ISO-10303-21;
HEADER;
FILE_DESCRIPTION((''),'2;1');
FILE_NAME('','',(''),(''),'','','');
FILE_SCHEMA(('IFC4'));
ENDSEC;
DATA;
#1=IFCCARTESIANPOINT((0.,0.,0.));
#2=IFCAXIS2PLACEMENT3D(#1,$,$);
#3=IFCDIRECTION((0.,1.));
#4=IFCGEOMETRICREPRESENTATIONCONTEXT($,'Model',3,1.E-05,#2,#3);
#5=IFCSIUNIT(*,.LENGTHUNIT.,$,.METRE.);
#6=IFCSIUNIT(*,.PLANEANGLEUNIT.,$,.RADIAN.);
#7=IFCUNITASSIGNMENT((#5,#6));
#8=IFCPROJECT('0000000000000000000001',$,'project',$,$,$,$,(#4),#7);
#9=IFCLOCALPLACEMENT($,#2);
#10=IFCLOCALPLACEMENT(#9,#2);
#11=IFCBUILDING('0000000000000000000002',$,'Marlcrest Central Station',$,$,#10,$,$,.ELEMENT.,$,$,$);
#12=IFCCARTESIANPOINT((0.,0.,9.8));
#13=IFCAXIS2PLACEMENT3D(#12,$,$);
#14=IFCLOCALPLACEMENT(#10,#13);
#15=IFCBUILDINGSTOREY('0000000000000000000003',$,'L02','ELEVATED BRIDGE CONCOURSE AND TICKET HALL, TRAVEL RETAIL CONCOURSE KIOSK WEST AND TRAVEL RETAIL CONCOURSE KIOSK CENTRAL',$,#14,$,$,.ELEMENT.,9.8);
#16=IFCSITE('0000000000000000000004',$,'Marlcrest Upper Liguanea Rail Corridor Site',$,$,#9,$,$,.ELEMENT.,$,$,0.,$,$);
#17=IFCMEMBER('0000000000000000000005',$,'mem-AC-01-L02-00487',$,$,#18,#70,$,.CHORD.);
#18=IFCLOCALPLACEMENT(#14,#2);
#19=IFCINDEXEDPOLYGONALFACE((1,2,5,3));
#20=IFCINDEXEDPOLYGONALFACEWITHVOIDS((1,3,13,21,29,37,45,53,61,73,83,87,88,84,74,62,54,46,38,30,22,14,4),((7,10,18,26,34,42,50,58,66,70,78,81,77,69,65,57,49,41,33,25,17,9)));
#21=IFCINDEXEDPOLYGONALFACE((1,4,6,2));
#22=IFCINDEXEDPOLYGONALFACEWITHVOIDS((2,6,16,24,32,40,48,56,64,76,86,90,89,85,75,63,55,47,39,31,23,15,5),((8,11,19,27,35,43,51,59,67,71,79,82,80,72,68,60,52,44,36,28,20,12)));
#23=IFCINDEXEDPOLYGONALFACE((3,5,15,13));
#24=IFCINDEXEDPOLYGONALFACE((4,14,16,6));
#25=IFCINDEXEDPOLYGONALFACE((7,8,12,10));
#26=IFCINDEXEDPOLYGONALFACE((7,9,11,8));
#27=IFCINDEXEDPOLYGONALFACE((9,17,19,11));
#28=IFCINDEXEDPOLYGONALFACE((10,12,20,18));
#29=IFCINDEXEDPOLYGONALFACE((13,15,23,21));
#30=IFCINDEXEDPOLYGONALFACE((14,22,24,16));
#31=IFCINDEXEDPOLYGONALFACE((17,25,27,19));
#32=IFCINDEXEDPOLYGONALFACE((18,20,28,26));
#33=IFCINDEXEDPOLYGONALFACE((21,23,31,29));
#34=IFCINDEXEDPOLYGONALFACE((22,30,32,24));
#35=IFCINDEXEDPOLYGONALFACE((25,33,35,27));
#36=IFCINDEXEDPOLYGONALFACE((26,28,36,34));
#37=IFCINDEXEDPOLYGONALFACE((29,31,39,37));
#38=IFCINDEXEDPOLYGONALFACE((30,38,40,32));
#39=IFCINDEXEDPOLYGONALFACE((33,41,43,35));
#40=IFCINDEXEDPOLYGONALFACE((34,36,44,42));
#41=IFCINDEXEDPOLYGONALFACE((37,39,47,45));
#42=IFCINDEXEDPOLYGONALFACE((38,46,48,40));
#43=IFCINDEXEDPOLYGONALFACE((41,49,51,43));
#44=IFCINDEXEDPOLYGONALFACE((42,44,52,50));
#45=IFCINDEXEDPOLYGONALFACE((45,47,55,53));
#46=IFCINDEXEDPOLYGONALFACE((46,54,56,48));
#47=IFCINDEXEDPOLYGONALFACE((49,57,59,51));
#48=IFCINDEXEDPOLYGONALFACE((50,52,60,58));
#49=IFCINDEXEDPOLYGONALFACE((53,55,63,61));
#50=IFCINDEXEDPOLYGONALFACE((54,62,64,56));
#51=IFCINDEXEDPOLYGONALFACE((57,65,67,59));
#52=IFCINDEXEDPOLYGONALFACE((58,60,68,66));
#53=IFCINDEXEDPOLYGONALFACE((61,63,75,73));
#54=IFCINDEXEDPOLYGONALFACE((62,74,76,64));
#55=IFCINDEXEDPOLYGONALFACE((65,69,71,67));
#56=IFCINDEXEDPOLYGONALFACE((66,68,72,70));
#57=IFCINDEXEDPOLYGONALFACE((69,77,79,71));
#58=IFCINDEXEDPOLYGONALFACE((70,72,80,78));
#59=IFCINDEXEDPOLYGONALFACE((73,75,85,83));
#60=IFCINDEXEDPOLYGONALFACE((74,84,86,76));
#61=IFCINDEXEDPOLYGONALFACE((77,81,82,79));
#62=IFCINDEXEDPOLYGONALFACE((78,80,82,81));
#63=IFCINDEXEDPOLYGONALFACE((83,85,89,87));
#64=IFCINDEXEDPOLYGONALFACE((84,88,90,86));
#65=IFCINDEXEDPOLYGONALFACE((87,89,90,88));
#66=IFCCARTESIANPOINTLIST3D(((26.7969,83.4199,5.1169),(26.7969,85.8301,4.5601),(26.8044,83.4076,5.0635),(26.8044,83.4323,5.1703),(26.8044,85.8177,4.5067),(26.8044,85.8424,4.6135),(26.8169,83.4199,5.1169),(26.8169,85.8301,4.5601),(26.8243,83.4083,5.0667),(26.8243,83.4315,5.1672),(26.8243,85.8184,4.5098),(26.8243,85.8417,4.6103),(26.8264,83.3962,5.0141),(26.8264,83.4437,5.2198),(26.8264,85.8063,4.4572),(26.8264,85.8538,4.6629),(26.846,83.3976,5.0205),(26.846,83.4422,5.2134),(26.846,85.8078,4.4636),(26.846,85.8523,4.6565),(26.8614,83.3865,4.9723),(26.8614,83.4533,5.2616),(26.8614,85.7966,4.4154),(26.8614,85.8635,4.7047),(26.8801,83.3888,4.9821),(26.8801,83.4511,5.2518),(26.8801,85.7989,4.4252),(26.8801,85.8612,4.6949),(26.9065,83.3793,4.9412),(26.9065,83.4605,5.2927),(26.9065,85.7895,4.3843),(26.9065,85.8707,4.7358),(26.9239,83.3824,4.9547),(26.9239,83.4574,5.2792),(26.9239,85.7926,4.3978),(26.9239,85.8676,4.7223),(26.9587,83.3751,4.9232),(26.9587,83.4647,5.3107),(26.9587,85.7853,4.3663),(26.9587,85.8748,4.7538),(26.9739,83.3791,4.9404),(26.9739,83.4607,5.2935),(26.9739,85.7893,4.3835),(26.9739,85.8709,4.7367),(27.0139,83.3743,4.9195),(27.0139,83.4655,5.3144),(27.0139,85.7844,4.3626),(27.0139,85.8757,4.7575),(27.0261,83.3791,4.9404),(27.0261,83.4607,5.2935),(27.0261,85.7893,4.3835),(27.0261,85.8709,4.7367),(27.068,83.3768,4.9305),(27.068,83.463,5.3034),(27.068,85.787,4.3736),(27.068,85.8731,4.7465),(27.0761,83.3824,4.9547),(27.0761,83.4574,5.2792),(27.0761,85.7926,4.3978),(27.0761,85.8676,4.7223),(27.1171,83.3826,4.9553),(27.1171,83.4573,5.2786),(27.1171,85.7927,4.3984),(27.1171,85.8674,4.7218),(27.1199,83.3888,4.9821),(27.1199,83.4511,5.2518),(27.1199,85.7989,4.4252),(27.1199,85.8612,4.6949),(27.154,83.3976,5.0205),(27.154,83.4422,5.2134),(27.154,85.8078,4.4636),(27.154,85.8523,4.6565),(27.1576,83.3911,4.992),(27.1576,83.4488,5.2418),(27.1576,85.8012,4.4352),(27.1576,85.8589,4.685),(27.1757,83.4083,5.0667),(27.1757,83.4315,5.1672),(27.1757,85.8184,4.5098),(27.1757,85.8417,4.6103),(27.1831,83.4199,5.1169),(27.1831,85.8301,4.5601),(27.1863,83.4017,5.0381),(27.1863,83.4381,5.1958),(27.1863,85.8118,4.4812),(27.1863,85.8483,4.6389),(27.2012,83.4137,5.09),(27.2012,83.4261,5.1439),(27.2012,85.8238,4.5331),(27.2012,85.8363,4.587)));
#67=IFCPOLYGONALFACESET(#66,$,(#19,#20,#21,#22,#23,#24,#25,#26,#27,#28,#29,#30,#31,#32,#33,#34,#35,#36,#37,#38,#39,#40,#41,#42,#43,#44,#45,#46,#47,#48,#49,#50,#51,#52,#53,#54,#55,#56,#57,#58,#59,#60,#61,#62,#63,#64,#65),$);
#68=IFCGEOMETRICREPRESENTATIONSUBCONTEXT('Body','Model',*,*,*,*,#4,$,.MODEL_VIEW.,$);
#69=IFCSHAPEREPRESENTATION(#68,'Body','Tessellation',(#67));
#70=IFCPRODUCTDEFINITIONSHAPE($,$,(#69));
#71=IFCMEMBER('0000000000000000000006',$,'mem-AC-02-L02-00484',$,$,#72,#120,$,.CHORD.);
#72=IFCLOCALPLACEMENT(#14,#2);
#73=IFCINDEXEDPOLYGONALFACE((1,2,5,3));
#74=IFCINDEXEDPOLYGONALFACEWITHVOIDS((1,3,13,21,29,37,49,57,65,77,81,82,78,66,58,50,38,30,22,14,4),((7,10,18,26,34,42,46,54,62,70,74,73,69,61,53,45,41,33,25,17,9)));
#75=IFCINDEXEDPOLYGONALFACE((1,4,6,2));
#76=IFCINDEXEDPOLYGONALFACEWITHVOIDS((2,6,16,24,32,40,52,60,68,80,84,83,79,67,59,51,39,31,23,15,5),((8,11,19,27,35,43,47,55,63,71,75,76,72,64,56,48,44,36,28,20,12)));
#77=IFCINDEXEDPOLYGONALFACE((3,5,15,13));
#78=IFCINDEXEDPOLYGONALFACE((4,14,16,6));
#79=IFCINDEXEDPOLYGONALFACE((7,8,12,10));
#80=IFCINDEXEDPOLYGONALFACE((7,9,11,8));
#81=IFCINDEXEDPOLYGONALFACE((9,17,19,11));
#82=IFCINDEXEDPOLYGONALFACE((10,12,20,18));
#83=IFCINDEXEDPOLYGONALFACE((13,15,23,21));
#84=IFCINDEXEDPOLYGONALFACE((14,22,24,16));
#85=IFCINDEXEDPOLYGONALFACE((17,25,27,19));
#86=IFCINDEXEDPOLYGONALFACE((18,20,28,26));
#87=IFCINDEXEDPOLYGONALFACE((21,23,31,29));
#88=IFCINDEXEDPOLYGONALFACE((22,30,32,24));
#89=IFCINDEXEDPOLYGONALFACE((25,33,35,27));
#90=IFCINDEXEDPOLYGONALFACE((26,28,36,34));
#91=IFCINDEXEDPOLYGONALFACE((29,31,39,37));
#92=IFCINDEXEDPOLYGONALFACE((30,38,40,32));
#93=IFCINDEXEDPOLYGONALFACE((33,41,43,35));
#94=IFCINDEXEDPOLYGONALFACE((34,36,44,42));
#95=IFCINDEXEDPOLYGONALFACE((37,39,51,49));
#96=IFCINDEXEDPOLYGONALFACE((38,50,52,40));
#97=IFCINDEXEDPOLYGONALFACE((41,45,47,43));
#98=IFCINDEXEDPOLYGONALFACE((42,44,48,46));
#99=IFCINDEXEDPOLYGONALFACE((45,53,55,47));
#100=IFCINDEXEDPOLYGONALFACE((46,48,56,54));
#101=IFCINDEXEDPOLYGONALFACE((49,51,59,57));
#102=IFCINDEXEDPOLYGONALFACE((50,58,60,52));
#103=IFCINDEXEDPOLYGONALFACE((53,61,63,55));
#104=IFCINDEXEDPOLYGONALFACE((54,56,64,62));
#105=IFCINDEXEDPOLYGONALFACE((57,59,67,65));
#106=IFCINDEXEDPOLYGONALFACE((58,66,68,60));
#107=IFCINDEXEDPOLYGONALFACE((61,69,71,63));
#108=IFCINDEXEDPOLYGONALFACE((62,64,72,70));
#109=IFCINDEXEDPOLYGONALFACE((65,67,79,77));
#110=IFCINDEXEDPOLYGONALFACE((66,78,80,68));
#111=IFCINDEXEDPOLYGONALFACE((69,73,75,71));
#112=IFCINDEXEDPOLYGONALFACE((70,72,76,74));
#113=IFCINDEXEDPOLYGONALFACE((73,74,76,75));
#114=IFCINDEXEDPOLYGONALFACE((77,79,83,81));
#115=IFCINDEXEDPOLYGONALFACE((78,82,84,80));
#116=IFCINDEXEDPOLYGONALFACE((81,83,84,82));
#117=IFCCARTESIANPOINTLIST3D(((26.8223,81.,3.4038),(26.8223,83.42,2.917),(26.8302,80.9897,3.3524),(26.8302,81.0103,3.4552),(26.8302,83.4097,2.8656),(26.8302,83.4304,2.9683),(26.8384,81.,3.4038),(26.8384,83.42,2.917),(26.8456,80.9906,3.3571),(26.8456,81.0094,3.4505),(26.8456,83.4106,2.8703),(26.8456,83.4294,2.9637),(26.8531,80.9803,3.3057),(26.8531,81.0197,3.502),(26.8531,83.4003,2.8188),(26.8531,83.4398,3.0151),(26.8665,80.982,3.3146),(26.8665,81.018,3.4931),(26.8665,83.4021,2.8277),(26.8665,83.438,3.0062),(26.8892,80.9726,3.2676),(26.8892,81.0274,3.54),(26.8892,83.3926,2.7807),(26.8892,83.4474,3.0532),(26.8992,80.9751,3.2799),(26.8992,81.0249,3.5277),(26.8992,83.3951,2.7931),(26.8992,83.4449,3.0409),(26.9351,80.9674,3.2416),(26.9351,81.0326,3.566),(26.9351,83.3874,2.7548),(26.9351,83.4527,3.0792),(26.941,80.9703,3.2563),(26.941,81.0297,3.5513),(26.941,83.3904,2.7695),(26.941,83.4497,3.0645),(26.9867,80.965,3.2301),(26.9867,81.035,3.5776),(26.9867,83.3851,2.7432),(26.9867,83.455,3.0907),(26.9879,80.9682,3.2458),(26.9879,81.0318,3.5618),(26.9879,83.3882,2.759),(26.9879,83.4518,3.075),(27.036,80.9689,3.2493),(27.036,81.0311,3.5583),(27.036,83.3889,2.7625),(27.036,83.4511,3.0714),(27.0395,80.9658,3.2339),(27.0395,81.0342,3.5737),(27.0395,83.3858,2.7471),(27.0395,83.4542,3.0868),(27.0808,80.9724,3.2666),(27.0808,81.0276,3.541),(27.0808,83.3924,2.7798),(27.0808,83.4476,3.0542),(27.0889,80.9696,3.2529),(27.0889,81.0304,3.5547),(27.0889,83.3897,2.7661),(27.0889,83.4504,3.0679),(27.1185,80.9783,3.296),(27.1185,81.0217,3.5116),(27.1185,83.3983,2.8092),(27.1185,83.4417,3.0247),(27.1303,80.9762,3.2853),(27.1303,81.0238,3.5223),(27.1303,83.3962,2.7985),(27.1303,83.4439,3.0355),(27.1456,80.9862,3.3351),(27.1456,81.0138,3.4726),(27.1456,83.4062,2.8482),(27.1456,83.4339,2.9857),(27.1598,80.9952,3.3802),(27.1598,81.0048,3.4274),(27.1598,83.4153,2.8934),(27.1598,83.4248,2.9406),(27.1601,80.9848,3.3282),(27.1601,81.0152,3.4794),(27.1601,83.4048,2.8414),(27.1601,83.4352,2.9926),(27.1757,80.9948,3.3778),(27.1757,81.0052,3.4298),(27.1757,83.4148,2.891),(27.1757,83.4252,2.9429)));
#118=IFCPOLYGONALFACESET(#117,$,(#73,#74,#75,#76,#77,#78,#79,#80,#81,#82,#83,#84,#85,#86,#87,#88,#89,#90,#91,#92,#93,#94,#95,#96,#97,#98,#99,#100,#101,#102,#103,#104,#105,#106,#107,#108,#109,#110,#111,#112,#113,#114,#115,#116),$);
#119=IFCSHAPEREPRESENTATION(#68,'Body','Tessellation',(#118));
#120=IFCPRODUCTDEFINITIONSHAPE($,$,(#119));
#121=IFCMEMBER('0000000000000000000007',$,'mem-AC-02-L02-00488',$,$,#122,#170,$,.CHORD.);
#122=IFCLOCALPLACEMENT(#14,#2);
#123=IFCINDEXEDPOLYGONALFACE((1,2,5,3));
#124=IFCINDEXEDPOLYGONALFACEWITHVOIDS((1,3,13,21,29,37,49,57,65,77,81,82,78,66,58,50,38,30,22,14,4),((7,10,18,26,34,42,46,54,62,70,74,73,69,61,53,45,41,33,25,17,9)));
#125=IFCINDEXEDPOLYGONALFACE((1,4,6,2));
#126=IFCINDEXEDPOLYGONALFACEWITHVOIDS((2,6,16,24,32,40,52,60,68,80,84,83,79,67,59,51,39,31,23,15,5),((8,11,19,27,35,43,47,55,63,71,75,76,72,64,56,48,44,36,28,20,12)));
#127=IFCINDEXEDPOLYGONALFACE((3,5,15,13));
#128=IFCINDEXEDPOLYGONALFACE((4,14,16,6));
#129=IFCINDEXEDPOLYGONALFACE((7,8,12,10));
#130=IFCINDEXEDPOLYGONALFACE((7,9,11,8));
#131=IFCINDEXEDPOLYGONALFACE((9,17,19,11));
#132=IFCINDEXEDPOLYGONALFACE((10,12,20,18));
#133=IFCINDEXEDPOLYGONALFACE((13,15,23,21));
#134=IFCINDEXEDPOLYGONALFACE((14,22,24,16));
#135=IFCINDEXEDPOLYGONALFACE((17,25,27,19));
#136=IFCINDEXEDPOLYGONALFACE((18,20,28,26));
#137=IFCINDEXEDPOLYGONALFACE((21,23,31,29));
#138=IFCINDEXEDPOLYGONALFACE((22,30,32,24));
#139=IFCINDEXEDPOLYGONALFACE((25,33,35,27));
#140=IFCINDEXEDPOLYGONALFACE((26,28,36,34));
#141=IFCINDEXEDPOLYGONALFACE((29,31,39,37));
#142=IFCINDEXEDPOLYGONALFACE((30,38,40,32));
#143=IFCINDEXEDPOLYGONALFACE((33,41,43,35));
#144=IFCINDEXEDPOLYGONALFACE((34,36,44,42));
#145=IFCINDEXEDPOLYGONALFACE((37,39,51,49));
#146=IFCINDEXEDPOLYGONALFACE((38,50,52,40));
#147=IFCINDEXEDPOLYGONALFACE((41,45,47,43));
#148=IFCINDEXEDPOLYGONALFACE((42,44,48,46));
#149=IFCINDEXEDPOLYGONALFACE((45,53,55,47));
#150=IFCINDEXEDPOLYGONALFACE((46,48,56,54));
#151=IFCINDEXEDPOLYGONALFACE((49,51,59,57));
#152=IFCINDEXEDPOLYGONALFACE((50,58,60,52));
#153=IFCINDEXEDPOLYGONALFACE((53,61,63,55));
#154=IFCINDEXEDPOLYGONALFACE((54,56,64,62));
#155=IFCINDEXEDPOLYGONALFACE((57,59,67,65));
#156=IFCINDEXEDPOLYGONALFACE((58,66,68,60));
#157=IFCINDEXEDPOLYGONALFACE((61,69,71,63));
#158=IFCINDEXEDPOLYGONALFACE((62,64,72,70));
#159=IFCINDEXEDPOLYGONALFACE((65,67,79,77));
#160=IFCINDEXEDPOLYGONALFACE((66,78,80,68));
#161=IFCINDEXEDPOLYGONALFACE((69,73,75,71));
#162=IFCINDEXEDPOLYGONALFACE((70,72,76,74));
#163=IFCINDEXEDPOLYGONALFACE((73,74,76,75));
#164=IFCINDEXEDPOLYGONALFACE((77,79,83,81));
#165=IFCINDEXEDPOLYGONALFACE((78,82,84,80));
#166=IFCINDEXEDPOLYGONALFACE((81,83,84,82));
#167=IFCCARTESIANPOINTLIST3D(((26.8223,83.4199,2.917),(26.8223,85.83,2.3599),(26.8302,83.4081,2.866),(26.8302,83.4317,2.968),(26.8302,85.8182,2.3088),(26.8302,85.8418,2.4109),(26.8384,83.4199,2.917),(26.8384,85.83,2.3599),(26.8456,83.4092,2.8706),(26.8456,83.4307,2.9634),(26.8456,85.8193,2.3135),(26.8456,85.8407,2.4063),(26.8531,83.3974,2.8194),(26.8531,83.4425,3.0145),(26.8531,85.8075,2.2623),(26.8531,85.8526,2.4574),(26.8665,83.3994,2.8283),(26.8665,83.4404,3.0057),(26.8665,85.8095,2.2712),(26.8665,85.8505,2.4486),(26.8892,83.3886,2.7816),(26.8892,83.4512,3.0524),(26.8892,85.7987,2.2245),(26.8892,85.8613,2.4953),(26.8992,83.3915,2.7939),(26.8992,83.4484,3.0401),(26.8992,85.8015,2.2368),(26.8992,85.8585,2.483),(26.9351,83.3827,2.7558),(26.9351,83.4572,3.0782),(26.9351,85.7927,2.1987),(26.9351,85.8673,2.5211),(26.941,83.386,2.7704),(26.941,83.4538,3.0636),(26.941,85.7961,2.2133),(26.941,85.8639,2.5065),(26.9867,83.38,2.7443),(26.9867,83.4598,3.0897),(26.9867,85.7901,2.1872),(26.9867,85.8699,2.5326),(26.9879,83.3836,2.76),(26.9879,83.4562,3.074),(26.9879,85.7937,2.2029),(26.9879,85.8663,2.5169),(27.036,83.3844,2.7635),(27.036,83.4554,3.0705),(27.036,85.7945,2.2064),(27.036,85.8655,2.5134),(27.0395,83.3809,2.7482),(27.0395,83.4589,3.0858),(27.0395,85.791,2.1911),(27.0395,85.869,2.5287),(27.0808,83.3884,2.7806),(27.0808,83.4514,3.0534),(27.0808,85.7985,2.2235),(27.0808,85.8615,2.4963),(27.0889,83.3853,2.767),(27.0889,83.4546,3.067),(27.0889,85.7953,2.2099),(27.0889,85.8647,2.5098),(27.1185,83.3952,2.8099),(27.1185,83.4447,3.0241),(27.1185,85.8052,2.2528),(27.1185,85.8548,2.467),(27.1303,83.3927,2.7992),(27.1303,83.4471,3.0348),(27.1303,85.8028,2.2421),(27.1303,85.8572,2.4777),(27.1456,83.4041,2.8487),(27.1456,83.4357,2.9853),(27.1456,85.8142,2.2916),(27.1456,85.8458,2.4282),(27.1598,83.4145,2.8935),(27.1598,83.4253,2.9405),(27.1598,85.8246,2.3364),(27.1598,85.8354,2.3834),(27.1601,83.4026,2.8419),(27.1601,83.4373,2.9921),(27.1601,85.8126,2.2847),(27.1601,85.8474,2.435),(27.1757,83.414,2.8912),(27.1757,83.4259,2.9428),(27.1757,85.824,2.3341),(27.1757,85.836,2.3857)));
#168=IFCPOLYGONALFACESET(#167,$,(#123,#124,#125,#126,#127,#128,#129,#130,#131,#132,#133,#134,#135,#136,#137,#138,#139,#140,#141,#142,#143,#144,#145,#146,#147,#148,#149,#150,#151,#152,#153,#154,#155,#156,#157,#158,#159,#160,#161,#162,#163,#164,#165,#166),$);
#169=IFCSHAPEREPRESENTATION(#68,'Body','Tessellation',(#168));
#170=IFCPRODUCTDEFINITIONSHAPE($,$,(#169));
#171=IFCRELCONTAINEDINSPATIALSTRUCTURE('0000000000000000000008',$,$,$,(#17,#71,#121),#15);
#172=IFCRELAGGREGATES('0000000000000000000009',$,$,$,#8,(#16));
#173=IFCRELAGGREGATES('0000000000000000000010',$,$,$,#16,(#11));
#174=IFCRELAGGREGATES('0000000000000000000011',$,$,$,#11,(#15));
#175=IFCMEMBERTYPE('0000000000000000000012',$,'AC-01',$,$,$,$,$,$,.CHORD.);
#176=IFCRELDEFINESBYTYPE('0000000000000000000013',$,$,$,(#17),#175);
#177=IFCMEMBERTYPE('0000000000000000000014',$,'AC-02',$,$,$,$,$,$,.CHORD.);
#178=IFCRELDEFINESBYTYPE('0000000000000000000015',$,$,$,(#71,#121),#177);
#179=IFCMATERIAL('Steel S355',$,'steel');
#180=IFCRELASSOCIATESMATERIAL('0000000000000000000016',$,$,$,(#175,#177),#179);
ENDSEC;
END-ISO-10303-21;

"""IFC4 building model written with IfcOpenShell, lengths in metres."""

from ifc_helpers import new_model, si_unit, direction, frame, origin, origin_2d, place, context, subcontext, project, spatial, hollow_circle, extrude, material, material_profile, profile_set, type_object, element, save


model = new_model("IFC4")

# Units and contexts
model_context = context("Model", 3, precision=1e-05, world=origin(), true_north=direction((0.0, 1.0)))
body_context = subcontext(model_context, "Body", "Model", "MODEL_VIEW")
ifc_project = project(units=[si_unit("LENGTHUNIT", "METRE"), si_unit("PLANEANGLEUNIT", "RADIAN")], contexts=[model_context])

# Site, building, storey
site_placement = place(None, origin())
site = spatial("IfcSite", under=ifc_project, at=site_placement, Name="Marlcrest Upper Liguanea Rail Corridor Site", CompositionType="ELEMENT", RefElevation=0.0)
building_placement = place(site_placement, origin())
building = spatial("IfcBuilding", under=site, at=building_placement, Name="Marlcrest Central Station", CompositionType="ELEMENT")
storey_placement = place(building_placement, frame((0.0, 0.0, 9.8)))
storey = spatial("IfcBuildingStorey", under=building, at=storey_placement, Name="L02", Description="ELEVATED BRIDGE CONCOURSE AND TICKET HALL, TRAVEL RETAIL CONCOURSE KIOSK WEST AND TRAVEL RETAIL CONCOURSE KIOSK CENTRAL", CompositionType="ELEMENT", Elevation=9.8)

# Members
ifc_material_1 = material(Name="Steel S355", Category="steel")
ifc_material_profile_1 = material_profile(ifc_material_1, hollow_circle(Radius=0.2031, WallThickness=0.02, at=origin_2d()), Name="CHS 406.4x20")
ifc_profile_set_1 = profile_set([ifc_material_profile_1], Name="Steel S355")
member_type_1 = type_object("IfcMemberType", Name="AC-01", PredefinedType="CHORD", material=ifc_profile_set_1)
member_1_placement = place(storey_placement, frame((27.0, 83.4199, 5.1169), z_axis=(0.0, 0.97433, -0.225126), x_axis=(-1.0, 0.0, 0.0)))
element("IfcMember", 1, at=member_1_placement, inside=storey, type_object=member_type_1, Name="mem-AC-01-L02-00487", PredefinedType="CHORD", context=body_context, shape_type="SweptSolid", body=[
    extrude(hollow_circle(Radius=0.2031, WallThickness=0.02, at=origin_2d()), origin(), (0.0, 0.0, 1.0), 2.4736),
])
ifc_material_profile_2 = material_profile(ifc_material_1, hollow_circle(Radius=0.1777, WallThickness=0.0161, at=origin_2d()), Name="CHS 355.6x16")
ifc_profile_set_2 = profile_set([ifc_material_profile_2], Name="Steel S355")
member_type_2 = type_object("IfcMemberType", Name="AC-02", PredefinedType="CHORD", material=ifc_profile_set_2)
member_2_placement = place(storey_placement, frame((27.0, 81.0, 3.4038), z_axis=(0.0, 0.980359, -0.197219), x_axis=(-1.0, 0.0, 0.0)))
element("IfcMember", 2, at=member_2_placement, inside=storey, type_object=member_type_2, Name="mem-AC-02-L02-00484", PredefinedType="CHORD", context=body_context, shape_type="SweptSolid", body=[
    extrude(hollow_circle(Radius=0.1777, WallThickness=0.0161, at=origin_2d()), origin(), (0.0, 0.0, 1.0), 2.4685),
])
member_3_placement = place(storey_placement, frame((27.0, 83.4199, 2.917), z_axis=(0.0, 0.974308, -0.22522), x_axis=(-1.0, 0.0, 0.0)))
element("IfcMember", 3, at=member_3_placement, inside=storey, type_object=member_type_2, Name="mem-AC-02-L02-00488", PredefinedType="CHORD", context=body_context, shape_type="SweptSolid", body=[
    extrude(hollow_circle(Radius=0.1777, WallThickness=0.0161, at=origin_2d()), origin(), (0.0, 0.0, 1.0), 2.4736),
])

save(model, "model.ifc")
